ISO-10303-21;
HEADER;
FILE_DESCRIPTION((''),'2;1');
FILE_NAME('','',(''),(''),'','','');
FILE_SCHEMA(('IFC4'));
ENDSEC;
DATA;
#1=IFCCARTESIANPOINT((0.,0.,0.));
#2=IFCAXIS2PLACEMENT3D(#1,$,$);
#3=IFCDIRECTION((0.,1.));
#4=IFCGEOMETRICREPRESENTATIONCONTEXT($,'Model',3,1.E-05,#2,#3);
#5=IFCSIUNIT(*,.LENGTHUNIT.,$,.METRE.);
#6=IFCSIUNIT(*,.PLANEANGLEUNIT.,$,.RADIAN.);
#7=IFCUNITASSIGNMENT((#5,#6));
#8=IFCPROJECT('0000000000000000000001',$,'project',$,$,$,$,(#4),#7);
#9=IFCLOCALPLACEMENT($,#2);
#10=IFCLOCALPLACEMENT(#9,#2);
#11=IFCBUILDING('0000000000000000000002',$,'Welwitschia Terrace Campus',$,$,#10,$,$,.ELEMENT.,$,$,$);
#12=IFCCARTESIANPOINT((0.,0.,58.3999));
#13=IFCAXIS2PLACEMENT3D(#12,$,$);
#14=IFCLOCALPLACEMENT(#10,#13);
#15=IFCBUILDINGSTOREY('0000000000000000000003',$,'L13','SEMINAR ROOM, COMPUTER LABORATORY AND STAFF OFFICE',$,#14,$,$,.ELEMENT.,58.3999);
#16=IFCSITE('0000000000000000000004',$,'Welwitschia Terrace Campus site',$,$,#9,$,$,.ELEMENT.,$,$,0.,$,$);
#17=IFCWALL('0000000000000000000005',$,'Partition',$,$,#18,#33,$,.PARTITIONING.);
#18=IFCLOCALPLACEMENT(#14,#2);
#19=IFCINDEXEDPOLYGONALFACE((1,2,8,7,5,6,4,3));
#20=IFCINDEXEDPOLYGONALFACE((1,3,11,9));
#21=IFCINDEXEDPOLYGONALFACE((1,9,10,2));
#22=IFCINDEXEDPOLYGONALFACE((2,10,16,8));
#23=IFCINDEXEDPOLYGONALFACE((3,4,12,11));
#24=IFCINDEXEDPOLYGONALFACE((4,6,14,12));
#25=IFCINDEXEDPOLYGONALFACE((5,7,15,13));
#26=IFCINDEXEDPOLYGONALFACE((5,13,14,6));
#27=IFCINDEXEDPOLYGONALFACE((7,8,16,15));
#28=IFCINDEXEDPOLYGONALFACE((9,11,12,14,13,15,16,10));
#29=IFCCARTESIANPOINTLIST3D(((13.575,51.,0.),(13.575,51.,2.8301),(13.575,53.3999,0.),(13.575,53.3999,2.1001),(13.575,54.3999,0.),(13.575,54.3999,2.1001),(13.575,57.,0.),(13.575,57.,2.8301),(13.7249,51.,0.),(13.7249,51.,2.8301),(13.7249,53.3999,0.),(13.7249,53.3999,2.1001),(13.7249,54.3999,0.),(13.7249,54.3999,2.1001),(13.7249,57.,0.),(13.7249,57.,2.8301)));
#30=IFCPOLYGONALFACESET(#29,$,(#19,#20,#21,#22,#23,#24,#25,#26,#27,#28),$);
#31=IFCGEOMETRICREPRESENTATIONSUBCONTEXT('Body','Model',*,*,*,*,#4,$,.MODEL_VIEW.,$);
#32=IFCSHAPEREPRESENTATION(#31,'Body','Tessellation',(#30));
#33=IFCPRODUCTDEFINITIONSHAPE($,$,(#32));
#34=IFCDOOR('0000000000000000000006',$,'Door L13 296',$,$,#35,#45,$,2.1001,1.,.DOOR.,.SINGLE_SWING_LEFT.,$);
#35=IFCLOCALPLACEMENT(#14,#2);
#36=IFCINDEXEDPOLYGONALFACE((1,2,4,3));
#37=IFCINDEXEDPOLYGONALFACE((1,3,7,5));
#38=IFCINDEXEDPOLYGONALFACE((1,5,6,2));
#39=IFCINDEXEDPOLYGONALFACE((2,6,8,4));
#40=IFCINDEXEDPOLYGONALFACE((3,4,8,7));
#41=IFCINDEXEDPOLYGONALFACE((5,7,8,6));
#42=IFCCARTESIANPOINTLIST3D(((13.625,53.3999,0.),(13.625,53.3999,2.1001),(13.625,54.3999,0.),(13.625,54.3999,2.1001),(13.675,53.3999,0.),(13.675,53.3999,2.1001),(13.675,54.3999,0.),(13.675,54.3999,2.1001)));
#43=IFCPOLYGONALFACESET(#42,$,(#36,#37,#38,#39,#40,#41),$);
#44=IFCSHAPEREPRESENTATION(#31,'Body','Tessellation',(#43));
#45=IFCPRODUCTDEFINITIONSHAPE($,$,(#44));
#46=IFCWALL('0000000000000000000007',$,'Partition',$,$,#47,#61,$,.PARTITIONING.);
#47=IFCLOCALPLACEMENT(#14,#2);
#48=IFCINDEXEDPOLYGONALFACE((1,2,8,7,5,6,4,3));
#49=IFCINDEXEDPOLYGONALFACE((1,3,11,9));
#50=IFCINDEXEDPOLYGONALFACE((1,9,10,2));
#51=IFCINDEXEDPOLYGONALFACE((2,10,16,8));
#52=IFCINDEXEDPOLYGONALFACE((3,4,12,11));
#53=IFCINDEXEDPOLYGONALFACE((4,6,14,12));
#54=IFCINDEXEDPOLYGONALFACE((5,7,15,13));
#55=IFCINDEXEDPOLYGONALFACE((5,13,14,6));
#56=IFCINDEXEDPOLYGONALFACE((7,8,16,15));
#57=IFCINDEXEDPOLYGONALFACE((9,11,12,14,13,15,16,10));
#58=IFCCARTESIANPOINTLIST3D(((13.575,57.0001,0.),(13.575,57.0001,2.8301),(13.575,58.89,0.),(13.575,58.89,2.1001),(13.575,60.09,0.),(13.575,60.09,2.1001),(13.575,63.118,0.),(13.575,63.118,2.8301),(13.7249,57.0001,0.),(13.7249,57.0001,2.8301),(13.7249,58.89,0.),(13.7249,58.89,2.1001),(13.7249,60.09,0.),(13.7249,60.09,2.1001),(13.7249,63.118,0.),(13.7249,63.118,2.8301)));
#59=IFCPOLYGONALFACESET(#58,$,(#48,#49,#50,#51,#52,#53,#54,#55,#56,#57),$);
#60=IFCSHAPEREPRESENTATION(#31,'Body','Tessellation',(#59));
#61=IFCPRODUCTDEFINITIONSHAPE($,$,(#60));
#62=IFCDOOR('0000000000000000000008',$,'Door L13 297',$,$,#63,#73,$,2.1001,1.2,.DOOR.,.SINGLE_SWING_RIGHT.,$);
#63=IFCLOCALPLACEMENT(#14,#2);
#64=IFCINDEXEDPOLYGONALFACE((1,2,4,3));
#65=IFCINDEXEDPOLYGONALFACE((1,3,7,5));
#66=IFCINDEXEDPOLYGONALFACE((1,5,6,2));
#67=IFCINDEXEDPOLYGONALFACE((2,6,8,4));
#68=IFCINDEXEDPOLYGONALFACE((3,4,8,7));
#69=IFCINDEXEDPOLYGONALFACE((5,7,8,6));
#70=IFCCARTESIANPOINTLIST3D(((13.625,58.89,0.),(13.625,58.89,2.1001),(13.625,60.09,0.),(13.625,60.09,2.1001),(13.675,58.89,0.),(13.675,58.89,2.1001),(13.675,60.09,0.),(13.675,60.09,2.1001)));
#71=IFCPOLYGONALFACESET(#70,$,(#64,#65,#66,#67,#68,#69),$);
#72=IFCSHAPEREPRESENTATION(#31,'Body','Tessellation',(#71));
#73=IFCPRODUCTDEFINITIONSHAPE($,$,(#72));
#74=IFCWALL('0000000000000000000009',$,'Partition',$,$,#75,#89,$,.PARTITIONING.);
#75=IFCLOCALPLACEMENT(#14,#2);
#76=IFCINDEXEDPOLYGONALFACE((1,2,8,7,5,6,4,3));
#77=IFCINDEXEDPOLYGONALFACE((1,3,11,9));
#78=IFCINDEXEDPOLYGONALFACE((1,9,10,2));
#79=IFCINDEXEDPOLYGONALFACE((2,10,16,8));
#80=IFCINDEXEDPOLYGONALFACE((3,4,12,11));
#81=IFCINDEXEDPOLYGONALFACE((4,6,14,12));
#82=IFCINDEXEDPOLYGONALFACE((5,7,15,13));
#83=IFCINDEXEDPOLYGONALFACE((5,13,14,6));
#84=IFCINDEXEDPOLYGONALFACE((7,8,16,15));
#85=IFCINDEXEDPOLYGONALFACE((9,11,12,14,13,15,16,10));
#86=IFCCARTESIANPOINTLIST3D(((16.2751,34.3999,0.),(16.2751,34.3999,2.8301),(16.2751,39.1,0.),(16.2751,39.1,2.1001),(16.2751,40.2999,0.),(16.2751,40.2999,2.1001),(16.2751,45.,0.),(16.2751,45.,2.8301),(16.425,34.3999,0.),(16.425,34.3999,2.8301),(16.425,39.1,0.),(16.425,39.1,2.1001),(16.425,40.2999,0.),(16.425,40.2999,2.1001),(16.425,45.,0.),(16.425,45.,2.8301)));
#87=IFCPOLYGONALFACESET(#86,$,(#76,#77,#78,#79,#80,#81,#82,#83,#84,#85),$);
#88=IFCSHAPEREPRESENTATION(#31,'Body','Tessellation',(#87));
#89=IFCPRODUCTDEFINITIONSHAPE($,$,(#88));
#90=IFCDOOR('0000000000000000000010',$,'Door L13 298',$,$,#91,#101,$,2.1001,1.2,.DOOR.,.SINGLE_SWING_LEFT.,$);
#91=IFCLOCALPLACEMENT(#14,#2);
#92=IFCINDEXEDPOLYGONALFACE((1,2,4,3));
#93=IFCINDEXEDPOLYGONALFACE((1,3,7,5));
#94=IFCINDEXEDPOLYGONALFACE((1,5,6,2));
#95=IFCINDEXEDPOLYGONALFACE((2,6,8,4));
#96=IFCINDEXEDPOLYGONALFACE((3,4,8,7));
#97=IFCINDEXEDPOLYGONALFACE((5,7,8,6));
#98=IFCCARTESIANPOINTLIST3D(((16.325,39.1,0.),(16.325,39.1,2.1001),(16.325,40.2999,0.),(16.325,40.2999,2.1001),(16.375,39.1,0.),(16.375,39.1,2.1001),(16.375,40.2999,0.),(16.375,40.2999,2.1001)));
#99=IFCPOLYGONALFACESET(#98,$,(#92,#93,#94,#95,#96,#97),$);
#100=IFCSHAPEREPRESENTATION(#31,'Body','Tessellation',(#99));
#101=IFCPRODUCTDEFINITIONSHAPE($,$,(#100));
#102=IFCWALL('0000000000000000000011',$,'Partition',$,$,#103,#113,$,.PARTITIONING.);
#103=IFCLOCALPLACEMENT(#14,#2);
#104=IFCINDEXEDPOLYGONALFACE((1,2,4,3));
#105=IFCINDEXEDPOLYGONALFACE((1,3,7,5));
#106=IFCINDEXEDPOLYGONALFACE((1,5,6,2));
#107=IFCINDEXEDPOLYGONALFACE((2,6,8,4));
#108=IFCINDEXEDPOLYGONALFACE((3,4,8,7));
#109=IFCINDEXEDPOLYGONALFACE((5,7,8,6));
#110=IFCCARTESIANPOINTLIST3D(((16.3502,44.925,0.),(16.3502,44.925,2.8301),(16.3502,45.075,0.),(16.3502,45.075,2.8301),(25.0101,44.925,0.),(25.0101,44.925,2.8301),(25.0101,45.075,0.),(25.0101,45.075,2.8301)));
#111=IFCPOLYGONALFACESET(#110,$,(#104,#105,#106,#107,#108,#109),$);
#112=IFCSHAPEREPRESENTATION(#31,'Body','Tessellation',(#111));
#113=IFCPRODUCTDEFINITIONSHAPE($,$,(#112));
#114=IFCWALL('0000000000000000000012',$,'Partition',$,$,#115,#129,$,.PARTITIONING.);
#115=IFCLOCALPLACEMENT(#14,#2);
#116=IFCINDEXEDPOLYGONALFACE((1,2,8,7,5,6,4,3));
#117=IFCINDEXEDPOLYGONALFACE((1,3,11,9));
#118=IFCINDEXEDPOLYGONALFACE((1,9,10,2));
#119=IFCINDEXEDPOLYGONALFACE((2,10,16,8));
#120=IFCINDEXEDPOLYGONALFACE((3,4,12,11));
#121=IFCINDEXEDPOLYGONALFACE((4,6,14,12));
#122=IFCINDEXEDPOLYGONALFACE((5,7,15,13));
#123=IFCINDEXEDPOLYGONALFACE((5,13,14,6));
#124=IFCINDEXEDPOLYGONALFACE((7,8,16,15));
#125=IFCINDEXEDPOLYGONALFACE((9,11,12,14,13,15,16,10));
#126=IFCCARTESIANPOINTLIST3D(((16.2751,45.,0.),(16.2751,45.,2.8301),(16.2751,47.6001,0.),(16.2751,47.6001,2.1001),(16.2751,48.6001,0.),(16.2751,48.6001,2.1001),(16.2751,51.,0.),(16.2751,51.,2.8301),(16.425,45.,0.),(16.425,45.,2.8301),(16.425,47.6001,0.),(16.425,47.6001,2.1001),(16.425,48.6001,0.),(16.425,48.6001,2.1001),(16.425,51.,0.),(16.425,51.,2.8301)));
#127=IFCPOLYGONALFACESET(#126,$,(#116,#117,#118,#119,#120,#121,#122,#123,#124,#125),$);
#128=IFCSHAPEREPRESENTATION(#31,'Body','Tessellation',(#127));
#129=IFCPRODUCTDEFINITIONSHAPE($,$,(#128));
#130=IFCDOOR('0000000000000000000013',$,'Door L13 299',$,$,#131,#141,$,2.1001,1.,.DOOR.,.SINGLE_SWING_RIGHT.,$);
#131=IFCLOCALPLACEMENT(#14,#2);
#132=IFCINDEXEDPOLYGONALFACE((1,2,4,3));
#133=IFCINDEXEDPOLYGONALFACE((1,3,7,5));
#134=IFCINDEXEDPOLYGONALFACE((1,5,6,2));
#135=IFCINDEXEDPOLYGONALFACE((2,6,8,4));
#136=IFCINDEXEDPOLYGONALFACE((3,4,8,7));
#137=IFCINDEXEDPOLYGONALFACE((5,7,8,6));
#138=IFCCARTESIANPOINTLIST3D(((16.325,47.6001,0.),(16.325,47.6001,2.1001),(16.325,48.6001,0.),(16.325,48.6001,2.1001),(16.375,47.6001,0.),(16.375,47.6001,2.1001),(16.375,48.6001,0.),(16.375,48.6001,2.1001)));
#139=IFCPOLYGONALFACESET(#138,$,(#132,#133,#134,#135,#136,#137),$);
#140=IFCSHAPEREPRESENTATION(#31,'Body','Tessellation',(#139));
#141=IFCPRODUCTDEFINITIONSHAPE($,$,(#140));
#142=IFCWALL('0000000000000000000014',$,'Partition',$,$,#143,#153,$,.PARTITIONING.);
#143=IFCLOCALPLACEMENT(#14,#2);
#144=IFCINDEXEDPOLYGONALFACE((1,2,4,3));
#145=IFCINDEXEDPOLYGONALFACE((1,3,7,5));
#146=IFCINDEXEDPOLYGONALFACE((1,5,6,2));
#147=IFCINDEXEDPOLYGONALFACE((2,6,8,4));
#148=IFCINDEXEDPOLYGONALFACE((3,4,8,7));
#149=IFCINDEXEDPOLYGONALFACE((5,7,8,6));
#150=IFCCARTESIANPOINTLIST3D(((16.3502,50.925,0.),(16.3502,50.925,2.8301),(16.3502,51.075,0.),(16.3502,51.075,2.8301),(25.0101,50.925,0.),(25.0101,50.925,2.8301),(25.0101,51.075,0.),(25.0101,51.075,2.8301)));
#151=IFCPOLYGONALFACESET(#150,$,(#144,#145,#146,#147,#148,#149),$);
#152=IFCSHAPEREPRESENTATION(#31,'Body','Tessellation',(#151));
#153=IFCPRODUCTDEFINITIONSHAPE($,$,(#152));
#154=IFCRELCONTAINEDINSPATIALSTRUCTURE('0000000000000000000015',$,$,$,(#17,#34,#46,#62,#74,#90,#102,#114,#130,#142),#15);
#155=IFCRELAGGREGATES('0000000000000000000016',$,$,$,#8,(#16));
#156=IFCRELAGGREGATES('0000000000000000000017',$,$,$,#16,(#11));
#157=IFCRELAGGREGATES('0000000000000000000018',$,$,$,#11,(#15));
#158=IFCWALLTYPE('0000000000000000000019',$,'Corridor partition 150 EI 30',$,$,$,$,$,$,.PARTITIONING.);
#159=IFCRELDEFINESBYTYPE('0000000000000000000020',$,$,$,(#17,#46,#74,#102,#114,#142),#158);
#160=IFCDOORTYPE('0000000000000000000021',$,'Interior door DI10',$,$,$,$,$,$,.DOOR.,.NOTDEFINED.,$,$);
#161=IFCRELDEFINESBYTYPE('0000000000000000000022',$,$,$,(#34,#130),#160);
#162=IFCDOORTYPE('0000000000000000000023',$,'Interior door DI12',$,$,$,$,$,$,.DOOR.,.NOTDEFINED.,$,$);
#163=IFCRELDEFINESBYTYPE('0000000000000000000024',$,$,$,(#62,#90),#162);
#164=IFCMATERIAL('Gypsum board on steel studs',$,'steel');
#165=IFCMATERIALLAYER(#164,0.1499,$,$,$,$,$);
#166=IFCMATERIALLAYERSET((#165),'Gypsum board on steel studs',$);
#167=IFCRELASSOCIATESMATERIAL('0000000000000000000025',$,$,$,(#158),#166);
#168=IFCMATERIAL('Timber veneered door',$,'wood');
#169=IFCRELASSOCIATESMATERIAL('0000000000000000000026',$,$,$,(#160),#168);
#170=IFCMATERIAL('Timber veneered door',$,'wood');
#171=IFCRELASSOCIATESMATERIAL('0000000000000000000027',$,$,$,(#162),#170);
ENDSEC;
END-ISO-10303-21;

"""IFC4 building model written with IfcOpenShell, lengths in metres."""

from ifc_helpers import new_model, si_unit, direction, frame, frame_2d, origin, place, context, subcontext, project, spatial, rectangle, extrude, material, layer, layer_set, type_object, element, fill, save


model = new_model("IFC4")

# Units and contexts
model_context = context("Model", 3, precision=1e-05, world=origin(), true_north=direction((0.0, 1.0)))
body_context = subcontext(model_context, "Body", "Model", "MODEL_VIEW")
ifc_project = project(units=[si_unit("LENGTHUNIT", "METRE"), si_unit("PLANEANGLEUNIT", "RADIAN")], contexts=[model_context])

# Site, building, storey
site_placement = place(None, origin())
site = spatial("IfcSite", under=ifc_project, at=site_placement, Name="Welwitschia Terrace Campus site", CompositionType="ELEMENT", RefElevation=0.0)
building_placement = place(site_placement, origin())
building = spatial("IfcBuilding", under=site, at=building_placement, Name="Welwitschia Terrace Campus", CompositionType="ELEMENT")
storey_placement = place(building_placement, frame((0.0, 0.0, 58.3999)))
storey = spatial("IfcBuildingStorey", under=building, at=storey_placement, Name="L13", Description="SEMINAR ROOM, COMPUTER LABORATORY AND STAFF OFFICE", CompositionType="ELEMENT", Elevation=58.3999)

# Walls, openings, doors
ifc_material_1 = material(Name="Gypsum board on steel studs", Category="steel")
ifc_layer_1 = layer(ifc_material_1, 0.1499)
ifc_layer_set_1 = layer_set([ifc_layer_1], Name="Gypsum board on steel studs")
wall_type_1 = type_object("IfcWallType", Name="Corridor partition 150 EI 30", PredefinedType="PARTITIONING", material=ifc_layer_set_1)
wall_1_placement = place(storey_placement, frame((13.6499, 51.0, 0.0), z_axis=(0.0, 0.0, 1.0), x_axis=(0.0, 1.0, 0.0)))
wall_1 = element("IfcWall", 1, at=wall_1_placement, inside=storey, type_object=wall_type_1, Name="Partition", PredefinedType="PARTITIONING", context=body_context, shape_type="SweptSolid", body=[
    extrude(rectangle(XDim=6.0, YDim=0.1499, at=frame_2d((3.0, 0.0))), origin(), (0.0, 0.0, 1.0), 2.8301),
])
opening_1_placement = place(wall_1_placement, frame((2.3999, 0.0, 0.0)))
opening_1 = element("IfcOpeningElement", 2, at=opening_1_placement, cuts=wall_1, PredefinedType="OPENING", context=body_context, shape_type="SweptSolid", body=[
    extrude(rectangle(XDim=1.0, YDim=2.1001, at=frame_2d((0.5, 1.05))), frame((0.0, 0.085, 0.0), z_axis=(0.0, -1.0, 0.0), x_axis=(1.0, 0.0, 0.0)), (0.0, 0.0, 1.0), 0.1699),
])
ifc_material_2 = material(Name="Timber veneered door", Category="wood")
door_type_1 = type_object("IfcDoorType", Name="Interior door DI10", OperationType="NOTDEFINED", PredefinedType="DOOR", material=ifc_material_2)
door_1_placement = place(opening_1_placement, origin())
door_1 = element("IfcDoor", 3, at=door_1_placement, inside=storey, type_object=door_type_1, Name="Door L13 296", OperationType="SINGLE_SWING_LEFT", OverallHeight=2.1001, OverallWidth=1.0, PredefinedType="DOOR", context=body_context, shape_type="SweptSolid", body=[
    extrude(rectangle(XDim=1.0, YDim=2.1001, at=frame_2d((0.5, 1.05))), frame((0.0, 0.0249, 0.0), z_axis=(0.0, -1.0, 0.0), x_axis=(1.0, 0.0, 0.0)), (0.0, 0.0, 1.0), 0.05),
])
fill(opening_1, door_1)
wall_2_placement = place(storey_placement, frame((13.6499, 57.0, 0.0), z_axis=(0.0, 0.0, 1.0), x_axis=(0.0, 1.0, 0.0)))
wall_2 = element("IfcWall", 4, at=wall_2_placement, inside=storey, type_object=wall_type_1, Name="Partition", PredefinedType="PARTITIONING", context=body_context, shape_type="SweptSolid", body=[
    extrude(rectangle(XDim=6.1179, YDim=0.1499, at=frame_2d((3.0591, 0.0))), origin(), (0.0, 0.0, 1.0), 2.8301),
])
opening_2_placement = place(wall_2_placement, frame((1.8899, 0.0, 0.0)))
opening_2 = element("IfcOpeningElement", 5, at=opening_2_placement, cuts=wall_2, PredefinedType="OPENING", context=body_context, shape_type="SweptSolid", body=[
    extrude(rectangle(XDim=1.2, YDim=2.1001, at=frame_2d((0.6001, 1.05))), frame((0.0, 0.085, 0.0), z_axis=(0.0, -1.0, 0.0), x_axis=(1.0, 0.0, 0.0)), (0.0, 0.0, 1.0), 0.1699),
])
ifc_material_3 = material(Name="Timber veneered door", Category="wood")
door_type_2 = type_object("IfcDoorType", Name="Interior door DI12", OperationType="NOTDEFINED", PredefinedType="DOOR", material=ifc_material_3)
door_2_placement = place(opening_2_placement, origin())
door_2 = element("IfcDoor", 6, at=door_2_placement, inside=storey, type_object=door_type_2, Name="Door L13 297", OperationType="SINGLE_SWING_RIGHT", OverallHeight=2.1001, OverallWidth=1.2, PredefinedType="DOOR", context=body_context, shape_type="SweptSolid", body=[
    extrude(rectangle(XDim=1.2, YDim=2.1001, at=frame_2d((0.6001, 1.05))), frame((0.0, 0.0249, 0.0), z_axis=(0.0, -1.0, 0.0), x_axis=(1.0, 0.0, 0.0)), (0.0, 0.0, 1.0), 0.05),
])
fill(opening_2, door_2)
wall_3_placement = place(storey_placement, frame((16.3501, 45.0, 0.0), z_axis=(0.0, 0.0, 1.0), x_axis=(0.0, -1.0, 0.0)))
wall_3 = element("IfcWall", 7, at=wall_3_placement, inside=storey, type_object=wall_type_1, Name="Partition", PredefinedType="PARTITIONING", context=body_context, shape_type="SweptSolid", body=[
    extrude(rectangle(XDim=10.6001, YDim=0.1499, at=frame_2d((5.3, 0.0))), origin(), (0.0, 0.0, 1.0), 2.8301),
])
opening_3_placement = place(wall_3_placement, frame((4.7, 0.0, 0.0)))
opening_3 = element("IfcOpeningElement", 8, at=opening_3_placement, cuts=wall_3, PredefinedType="OPENING", context=body_context, shape_type="SweptSolid", body=[
    extrude(rectangle(XDim=1.2, YDim=2.1001, at=frame_2d((0.6001, 1.05))), frame((0.0, 0.085, 0.0), z_axis=(0.0, -1.0, 0.0), x_axis=(1.0, 0.0, 0.0)), (0.0, 0.0, 1.0), 0.1699),
])
door_3_placement = place(opening_3_placement, origin())
door_3 = element("IfcDoor", 9, at=door_3_placement, inside=storey, type_object=door_type_2, Name="Door L13 298", OperationType="SINGLE_SWING_LEFT", OverallHeight=2.1001, OverallWidth=1.2, PredefinedType="DOOR", context=body_context, shape_type="SweptSolid", body=[
    extrude(rectangle(XDim=1.2, YDim=2.1001, at=frame_2d((0.6001, 1.05))), frame((0.0, 0.0249, 0.0), z_axis=(0.0, -1.0, 0.0), x_axis=(1.0, 0.0, 0.0)), (0.0, 0.0, 1.0), 0.05),
])
fill(opening_3, door_3)

# Wall
wall_4_placement = place(storey_placement, frame((16.3501, 45.0, 0.0), z_axis=(0.0, 0.0, 1.0), x_axis=(1.0, 0.0, 0.0)))
element("IfcWall", 10, at=wall_4_placement, inside=storey, type_object=wall_type_1, Name="Partition", PredefinedType="PARTITIONING", context=body_context, shape_type="SweptSolid", body=[
    extrude(rectangle(XDim=8.6599, YDim=0.1499, at=frame_2d((4.3301, 0.0))), origin(), (0.0, 0.0, 1.0), 2.8301),
])

# Wall, opening, door
wall_5_placement = place(storey_placement, frame((16.3501, 51.0, 0.0), z_axis=(0.0, 0.0, 1.0), x_axis=(0.0, -1.0, 0.0)))
wall_5 = element("IfcWall", 11, at=wall_5_placement, inside=storey, type_object=wall_type_1, Name="Partition", PredefinedType="PARTITIONING", context=body_context, shape_type="SweptSolid", body=[
    extrude(rectangle(XDim=6.0, YDim=0.1499, at=frame_2d((3.0, 0.0))), origin(), (0.0, 0.0, 1.0), 2.8301),
])
opening_4_placement = place(wall_5_placement, frame((2.3999, 0.0, 0.0)))
opening_4 = element("IfcOpeningElement", 12, at=opening_4_placement, cuts=wall_5, PredefinedType="OPENING", context=body_context, shape_type="SweptSolid", body=[
    extrude(rectangle(XDim=1.0, YDim=2.1001, at=frame_2d((0.5, 1.05))), frame((0.0, 0.085, 0.0), z_axis=(0.0, -1.0, 0.0), x_axis=(1.0, 0.0, 0.0)), (0.0, 0.0, 1.0), 0.1699),
])
door_4_placement = place(opening_4_placement, origin())
door_4 = element("IfcDoor", 13, at=door_4_placement, inside=storey, type_object=door_type_1, Name="Door L13 299", OperationType="SINGLE_SWING_RIGHT", OverallHeight=2.1001, OverallWidth=1.0, PredefinedType="DOOR", context=body_context, shape_type="SweptSolid", body=[
    extrude(rectangle(XDim=1.0, YDim=2.1001, at=frame_2d((0.5, 1.05))), frame((0.0, 0.0249, 0.0), z_axis=(0.0, -1.0, 0.0), x_axis=(1.0, 0.0, 0.0)), (0.0, 0.0, 1.0), 0.05),
])
fill(opening_4, door_4)

# Wall
wall_6_placement = place(storey_placement, frame((16.3501, 51.0, 0.0), z_axis=(0.0, 0.0, 1.0), x_axis=(1.0, 0.0, 0.0)))
element("IfcWall", 14, at=wall_6_placement, inside=storey, type_object=wall_type_1, Name="Partition", PredefinedType="PARTITIONING", context=body_context, shape_type="SweptSolid", body=[
    extrude(rectangle(XDim=8.6599, YDim=0.1499, at=frame_2d((4.3301, 0.0))), origin(), (0.0, 0.0, 1.0), 2.8301),
])

save(model, "model.ifc")
